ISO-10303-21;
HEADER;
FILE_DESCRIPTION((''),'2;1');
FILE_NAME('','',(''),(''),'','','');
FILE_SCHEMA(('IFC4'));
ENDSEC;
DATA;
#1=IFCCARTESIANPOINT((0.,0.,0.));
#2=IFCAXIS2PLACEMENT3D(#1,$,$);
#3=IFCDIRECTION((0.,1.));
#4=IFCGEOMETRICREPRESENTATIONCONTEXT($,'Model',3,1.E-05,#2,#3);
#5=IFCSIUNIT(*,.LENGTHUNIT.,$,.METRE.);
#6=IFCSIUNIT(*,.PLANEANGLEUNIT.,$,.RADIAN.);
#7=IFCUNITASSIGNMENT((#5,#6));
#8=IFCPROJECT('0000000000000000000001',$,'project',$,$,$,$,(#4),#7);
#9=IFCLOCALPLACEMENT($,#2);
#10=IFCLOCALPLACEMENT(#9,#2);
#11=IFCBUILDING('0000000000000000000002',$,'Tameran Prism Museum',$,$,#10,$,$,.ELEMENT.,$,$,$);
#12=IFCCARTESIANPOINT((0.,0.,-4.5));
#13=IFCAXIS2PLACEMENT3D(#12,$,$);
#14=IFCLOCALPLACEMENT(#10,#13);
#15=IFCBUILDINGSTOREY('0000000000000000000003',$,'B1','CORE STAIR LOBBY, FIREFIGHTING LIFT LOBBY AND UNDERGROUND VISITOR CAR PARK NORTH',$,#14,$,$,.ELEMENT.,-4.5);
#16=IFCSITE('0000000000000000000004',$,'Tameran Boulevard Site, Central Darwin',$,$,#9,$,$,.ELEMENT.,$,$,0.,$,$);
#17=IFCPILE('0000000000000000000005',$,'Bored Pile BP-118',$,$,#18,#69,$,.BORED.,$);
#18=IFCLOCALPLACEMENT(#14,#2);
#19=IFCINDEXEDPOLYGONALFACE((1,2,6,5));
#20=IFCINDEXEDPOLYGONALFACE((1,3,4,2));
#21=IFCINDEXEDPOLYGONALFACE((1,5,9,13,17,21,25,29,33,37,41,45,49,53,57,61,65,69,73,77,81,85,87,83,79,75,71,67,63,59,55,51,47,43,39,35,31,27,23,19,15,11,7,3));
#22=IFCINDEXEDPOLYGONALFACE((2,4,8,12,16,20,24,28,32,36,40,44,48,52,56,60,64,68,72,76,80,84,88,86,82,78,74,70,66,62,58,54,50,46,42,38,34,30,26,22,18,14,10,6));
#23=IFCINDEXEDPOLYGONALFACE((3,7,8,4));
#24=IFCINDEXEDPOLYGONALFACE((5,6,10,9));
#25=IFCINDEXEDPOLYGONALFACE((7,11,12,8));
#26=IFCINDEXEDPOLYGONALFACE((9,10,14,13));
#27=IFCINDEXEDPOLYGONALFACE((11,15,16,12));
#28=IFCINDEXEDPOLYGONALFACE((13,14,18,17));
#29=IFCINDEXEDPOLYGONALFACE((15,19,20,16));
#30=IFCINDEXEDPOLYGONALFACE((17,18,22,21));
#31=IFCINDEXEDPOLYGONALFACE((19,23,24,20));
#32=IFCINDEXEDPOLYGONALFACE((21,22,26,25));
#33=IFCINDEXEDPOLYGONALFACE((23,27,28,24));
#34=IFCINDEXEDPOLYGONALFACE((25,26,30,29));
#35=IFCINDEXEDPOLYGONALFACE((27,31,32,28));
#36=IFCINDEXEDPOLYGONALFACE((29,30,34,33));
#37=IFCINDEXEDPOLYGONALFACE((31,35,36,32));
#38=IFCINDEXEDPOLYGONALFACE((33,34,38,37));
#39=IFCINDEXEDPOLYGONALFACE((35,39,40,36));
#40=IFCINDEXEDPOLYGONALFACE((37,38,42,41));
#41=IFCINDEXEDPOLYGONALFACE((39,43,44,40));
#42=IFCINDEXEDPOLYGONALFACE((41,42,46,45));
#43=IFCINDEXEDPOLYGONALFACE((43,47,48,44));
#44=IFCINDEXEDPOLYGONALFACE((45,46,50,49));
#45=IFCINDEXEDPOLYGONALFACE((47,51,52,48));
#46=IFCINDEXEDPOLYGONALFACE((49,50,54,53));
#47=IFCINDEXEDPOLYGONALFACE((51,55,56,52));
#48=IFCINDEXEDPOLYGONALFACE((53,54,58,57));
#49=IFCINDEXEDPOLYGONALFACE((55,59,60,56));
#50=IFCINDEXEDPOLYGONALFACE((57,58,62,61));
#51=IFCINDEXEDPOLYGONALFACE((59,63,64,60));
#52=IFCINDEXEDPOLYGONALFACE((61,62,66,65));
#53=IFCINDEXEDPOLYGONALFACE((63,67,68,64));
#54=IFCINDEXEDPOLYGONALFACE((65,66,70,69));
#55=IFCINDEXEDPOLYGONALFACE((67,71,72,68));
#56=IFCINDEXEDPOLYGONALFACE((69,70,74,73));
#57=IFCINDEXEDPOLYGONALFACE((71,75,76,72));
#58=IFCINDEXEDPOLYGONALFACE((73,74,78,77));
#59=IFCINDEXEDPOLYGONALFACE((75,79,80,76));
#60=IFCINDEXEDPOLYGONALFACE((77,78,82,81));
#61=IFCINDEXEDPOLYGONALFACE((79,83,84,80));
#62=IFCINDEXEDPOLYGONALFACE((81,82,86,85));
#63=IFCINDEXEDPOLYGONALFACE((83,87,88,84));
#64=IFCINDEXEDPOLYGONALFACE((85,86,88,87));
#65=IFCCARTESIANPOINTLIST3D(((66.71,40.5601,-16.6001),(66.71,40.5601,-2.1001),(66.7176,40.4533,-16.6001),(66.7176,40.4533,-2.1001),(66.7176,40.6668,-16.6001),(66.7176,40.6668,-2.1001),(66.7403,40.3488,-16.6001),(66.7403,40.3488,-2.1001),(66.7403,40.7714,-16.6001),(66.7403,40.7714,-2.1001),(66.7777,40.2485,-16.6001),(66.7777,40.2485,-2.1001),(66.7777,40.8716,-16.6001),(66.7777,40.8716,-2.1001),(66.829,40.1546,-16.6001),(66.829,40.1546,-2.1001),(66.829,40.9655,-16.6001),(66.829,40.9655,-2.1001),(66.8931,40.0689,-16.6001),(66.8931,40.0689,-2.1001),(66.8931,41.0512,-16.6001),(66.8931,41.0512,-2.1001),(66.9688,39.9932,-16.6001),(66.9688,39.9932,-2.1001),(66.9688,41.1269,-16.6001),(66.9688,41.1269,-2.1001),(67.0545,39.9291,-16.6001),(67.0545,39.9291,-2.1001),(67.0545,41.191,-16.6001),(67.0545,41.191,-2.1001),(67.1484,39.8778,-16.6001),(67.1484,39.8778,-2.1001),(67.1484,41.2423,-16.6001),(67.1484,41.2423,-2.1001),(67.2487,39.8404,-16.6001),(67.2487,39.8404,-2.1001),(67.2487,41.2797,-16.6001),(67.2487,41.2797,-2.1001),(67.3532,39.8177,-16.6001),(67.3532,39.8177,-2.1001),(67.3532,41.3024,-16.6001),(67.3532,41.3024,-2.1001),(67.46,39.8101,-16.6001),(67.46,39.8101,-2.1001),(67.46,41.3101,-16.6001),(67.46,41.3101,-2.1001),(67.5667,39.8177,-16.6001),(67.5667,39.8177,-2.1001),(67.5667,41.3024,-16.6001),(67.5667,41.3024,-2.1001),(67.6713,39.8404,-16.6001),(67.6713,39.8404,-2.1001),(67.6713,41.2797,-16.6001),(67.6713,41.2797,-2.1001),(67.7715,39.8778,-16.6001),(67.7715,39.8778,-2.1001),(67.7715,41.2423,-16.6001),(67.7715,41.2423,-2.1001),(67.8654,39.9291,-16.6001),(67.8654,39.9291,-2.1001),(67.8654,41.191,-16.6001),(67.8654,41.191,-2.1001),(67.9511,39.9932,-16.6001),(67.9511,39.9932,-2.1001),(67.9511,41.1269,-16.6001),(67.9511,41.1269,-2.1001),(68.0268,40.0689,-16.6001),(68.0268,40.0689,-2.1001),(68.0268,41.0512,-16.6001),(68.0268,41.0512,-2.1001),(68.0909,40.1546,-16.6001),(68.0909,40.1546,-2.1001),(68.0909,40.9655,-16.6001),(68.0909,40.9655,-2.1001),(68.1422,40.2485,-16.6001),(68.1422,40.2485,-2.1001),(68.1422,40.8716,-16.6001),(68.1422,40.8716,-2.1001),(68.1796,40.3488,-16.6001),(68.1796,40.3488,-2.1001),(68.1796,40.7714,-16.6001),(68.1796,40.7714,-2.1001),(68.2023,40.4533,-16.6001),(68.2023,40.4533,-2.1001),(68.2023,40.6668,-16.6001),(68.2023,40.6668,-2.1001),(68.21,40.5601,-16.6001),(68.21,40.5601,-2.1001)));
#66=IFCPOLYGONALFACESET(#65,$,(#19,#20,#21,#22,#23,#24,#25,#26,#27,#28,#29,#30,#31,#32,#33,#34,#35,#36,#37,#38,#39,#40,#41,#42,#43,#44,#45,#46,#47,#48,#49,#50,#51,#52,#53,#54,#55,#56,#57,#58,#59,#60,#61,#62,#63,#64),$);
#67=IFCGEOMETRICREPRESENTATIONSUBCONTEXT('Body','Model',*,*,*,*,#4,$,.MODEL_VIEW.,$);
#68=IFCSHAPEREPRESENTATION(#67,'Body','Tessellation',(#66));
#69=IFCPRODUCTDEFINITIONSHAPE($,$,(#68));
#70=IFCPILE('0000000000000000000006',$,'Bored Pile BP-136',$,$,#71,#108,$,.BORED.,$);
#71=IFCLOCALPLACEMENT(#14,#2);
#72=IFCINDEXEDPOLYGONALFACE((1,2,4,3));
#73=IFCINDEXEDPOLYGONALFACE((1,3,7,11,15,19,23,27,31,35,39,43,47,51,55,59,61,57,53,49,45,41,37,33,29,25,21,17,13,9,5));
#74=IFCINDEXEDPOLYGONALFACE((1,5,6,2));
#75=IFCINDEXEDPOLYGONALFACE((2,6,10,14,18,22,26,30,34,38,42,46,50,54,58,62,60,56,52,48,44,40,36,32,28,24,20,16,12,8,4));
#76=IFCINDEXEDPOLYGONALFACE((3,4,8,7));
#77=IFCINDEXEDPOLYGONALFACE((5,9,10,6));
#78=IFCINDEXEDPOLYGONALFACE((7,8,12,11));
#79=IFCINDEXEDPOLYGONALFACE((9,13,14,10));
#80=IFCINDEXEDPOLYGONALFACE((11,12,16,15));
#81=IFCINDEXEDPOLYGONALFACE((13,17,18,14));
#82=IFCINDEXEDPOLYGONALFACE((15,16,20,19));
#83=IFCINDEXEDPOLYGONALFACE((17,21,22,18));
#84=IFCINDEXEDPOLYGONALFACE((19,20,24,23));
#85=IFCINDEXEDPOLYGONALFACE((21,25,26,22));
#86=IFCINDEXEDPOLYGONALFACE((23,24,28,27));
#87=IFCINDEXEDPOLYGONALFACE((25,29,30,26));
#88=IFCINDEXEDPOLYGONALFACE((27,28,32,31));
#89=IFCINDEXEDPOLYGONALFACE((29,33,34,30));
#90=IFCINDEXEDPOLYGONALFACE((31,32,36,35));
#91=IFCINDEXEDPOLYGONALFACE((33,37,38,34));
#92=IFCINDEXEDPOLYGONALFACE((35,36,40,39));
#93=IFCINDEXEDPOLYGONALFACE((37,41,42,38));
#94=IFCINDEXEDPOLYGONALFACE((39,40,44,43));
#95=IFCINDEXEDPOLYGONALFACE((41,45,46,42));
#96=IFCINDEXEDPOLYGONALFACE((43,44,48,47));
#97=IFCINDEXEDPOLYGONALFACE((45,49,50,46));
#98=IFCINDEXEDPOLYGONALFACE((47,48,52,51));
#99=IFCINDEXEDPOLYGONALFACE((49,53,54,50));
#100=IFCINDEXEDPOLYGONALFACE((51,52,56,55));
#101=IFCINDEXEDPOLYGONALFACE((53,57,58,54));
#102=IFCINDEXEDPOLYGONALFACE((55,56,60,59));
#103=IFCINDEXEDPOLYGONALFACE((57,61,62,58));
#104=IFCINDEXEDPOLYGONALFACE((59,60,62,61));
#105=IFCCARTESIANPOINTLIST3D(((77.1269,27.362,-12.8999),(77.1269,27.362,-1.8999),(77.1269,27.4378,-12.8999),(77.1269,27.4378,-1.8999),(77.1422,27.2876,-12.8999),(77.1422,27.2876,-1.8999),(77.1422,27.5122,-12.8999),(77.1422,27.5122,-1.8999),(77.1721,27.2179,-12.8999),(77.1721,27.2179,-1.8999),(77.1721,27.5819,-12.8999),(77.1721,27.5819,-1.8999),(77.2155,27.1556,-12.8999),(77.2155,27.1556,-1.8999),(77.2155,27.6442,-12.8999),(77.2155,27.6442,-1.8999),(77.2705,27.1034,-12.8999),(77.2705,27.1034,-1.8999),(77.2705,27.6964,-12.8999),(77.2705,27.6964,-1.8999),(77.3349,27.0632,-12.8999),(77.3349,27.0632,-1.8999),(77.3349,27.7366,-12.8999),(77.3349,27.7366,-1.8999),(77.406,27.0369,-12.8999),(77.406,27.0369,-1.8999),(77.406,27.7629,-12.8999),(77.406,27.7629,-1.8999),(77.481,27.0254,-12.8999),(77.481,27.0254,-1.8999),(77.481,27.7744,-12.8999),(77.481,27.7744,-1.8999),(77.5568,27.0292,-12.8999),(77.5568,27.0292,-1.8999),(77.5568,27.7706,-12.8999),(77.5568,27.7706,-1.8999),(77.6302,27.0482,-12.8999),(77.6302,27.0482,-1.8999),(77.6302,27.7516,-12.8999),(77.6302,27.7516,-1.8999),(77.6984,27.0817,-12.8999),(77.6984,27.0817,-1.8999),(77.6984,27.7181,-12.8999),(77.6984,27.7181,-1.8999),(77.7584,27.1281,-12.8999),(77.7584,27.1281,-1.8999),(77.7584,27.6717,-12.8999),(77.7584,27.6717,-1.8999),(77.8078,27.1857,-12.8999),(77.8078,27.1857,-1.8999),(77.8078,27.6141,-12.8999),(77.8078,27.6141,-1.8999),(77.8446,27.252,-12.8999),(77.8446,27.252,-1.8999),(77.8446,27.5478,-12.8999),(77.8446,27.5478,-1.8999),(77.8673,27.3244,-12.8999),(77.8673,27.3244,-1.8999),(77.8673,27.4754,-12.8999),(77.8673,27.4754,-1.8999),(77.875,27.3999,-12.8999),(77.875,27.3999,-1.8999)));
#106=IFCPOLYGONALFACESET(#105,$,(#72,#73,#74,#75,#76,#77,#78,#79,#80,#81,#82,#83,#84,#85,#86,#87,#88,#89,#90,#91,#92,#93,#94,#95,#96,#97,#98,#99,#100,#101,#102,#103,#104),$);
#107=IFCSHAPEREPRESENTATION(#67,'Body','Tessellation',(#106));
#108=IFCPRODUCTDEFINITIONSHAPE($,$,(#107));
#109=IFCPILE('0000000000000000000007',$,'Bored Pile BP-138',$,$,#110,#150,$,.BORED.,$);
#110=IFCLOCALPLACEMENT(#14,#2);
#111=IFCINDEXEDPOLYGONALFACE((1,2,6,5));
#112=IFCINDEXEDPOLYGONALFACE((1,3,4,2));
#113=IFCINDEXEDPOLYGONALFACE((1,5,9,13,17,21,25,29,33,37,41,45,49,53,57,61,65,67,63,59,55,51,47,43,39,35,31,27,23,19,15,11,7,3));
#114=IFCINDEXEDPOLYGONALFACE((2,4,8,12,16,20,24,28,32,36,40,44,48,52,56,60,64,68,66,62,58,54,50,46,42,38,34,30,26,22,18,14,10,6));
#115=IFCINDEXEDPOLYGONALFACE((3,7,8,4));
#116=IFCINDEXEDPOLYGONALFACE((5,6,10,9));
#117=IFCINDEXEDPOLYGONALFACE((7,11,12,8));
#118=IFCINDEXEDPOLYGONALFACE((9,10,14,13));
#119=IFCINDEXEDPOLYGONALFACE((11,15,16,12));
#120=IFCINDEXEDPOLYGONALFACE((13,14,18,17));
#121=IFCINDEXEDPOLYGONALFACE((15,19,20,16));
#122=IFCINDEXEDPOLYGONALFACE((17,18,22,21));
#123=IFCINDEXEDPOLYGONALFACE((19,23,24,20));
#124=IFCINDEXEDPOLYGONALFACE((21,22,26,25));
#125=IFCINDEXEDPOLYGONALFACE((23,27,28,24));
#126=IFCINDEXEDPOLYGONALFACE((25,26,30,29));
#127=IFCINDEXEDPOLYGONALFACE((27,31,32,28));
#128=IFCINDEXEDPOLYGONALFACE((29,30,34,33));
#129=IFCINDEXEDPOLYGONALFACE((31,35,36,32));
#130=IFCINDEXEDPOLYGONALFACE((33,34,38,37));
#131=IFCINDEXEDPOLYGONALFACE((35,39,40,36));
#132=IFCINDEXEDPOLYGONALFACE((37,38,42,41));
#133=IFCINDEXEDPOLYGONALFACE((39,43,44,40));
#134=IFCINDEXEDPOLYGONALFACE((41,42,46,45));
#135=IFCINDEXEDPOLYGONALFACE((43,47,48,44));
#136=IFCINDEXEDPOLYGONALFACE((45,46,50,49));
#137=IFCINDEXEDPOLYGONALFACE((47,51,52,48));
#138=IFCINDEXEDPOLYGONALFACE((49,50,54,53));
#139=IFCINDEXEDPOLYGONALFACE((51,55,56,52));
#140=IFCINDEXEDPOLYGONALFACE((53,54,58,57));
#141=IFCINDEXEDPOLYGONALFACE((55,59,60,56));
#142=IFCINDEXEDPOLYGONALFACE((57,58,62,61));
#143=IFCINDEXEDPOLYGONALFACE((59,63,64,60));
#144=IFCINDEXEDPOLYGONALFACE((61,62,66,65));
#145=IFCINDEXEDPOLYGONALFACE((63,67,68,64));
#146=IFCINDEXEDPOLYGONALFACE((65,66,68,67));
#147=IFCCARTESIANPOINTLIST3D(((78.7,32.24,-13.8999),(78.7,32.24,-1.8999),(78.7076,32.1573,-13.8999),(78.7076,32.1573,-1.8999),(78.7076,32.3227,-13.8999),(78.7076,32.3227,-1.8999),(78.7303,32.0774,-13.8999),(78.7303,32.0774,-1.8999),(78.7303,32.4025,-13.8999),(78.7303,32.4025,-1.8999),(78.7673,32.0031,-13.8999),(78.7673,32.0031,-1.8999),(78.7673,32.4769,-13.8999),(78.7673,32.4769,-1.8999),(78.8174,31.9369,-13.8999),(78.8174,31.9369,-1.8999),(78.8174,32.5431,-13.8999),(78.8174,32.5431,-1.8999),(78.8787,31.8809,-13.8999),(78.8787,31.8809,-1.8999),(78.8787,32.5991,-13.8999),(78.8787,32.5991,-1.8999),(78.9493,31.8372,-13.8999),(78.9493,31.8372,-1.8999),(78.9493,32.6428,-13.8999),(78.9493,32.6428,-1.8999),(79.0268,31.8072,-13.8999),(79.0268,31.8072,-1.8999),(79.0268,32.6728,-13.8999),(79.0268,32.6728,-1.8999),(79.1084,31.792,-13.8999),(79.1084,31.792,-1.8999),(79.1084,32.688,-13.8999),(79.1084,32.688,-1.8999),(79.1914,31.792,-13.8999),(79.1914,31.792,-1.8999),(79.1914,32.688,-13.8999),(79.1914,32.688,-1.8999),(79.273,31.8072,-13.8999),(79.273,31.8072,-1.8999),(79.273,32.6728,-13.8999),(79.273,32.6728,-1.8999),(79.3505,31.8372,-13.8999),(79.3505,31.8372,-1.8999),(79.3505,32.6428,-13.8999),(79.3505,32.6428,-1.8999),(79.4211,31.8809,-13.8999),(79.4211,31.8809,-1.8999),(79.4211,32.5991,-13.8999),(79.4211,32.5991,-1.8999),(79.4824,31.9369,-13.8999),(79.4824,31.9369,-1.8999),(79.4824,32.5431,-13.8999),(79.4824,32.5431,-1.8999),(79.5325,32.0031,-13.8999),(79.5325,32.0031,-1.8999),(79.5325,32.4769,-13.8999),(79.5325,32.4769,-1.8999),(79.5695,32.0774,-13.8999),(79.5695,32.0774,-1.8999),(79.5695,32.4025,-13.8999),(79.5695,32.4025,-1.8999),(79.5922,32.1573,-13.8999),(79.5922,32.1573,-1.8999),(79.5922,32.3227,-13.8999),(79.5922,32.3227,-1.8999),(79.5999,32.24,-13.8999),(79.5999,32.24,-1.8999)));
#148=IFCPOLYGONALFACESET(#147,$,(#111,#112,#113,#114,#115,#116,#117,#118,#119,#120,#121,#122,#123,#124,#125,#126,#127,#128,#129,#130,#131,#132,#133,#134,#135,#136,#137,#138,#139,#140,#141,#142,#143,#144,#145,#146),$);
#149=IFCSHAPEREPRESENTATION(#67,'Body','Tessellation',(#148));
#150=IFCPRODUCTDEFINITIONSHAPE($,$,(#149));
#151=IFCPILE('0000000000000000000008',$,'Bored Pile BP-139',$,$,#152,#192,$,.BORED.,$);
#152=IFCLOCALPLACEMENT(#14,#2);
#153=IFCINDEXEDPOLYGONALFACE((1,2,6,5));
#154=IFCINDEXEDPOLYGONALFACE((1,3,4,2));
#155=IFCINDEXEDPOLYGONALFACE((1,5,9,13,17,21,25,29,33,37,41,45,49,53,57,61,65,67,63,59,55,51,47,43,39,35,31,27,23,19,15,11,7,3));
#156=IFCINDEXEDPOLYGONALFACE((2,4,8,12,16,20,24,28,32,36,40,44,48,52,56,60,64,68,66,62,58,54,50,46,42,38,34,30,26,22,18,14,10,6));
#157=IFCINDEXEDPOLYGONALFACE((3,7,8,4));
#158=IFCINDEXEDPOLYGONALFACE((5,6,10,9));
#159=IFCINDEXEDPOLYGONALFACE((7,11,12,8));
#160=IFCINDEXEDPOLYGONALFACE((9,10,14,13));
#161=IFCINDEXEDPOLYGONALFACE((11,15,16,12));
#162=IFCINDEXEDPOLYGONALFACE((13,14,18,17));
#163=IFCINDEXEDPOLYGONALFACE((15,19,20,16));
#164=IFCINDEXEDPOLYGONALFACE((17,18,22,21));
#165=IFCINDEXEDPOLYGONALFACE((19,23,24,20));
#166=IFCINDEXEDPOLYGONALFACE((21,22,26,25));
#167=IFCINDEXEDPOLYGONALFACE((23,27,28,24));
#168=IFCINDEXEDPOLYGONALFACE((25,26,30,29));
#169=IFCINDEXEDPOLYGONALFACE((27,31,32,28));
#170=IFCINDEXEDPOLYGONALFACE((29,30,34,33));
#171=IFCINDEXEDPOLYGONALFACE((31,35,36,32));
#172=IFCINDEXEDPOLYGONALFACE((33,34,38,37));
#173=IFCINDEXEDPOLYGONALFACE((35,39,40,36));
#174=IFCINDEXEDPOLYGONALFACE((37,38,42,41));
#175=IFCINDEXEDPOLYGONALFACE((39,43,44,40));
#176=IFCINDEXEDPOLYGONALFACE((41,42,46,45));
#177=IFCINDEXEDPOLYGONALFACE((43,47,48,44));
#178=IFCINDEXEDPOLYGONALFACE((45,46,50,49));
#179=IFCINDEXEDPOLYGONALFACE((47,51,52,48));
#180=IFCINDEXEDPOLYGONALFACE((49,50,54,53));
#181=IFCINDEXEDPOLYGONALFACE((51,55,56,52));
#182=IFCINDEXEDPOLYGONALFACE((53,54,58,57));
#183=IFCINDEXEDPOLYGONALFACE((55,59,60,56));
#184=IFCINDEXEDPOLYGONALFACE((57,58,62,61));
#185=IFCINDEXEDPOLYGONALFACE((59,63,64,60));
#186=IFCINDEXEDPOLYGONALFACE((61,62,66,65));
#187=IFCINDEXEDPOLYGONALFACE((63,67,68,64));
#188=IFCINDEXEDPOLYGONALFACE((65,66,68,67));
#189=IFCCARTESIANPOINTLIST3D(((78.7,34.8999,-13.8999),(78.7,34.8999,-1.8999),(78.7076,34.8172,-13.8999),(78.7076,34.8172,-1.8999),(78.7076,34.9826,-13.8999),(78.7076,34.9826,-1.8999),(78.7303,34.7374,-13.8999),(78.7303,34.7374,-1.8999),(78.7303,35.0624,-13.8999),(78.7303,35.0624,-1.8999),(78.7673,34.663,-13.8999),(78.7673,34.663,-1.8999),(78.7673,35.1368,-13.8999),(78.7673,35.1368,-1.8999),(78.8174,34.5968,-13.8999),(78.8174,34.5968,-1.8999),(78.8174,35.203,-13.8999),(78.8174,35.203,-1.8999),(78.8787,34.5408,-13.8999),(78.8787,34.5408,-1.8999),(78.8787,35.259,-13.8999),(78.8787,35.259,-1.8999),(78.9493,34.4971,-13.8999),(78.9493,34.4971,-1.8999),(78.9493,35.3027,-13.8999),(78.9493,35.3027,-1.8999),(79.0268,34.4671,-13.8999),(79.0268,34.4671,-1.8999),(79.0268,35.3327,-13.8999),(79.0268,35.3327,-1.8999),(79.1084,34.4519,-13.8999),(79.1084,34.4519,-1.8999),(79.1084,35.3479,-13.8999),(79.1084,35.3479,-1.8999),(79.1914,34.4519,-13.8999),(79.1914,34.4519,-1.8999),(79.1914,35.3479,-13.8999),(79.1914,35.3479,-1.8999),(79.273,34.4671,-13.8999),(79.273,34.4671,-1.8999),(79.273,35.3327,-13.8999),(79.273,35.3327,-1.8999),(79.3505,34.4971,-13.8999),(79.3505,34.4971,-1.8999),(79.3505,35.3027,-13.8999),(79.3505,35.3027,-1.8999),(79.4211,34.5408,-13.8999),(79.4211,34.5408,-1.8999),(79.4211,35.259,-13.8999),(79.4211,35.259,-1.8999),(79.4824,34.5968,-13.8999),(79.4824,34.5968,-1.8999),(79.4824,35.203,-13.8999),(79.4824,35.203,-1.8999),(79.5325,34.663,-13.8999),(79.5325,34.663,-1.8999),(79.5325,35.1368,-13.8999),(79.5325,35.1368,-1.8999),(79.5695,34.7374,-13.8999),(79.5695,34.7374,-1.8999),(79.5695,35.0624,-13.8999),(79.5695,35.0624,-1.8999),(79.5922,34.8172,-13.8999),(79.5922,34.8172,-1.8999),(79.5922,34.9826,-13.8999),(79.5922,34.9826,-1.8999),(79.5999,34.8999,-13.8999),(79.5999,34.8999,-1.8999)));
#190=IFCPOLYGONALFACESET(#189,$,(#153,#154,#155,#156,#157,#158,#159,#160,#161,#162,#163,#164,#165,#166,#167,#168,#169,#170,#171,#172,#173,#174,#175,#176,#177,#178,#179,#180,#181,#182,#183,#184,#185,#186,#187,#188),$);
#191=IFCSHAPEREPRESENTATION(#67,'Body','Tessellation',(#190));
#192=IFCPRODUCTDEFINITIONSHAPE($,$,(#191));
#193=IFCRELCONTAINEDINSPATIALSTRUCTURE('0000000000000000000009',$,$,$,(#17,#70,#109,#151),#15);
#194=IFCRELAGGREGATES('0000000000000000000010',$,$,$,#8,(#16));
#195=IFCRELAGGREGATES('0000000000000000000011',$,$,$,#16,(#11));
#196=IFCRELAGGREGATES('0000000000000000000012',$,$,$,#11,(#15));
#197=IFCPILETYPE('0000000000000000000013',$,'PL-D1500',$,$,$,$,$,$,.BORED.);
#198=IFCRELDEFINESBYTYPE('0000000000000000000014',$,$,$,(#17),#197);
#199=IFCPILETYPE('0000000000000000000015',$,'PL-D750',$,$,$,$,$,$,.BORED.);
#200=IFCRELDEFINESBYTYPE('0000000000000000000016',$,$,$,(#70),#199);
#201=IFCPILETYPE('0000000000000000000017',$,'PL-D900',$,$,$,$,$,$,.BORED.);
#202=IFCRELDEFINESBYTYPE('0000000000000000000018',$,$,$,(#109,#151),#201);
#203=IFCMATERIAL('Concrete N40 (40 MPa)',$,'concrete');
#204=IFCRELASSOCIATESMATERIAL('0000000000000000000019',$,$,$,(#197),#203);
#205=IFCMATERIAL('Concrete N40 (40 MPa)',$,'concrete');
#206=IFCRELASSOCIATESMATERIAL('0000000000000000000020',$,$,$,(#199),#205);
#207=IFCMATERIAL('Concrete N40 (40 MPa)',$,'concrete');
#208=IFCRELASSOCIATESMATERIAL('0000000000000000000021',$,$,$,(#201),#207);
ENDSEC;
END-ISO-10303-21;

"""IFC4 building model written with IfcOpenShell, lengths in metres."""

from ifc_helpers import new_model, si_unit, direction, frame, origin, origin_2d, place, context, subcontext, project, spatial, circle, extrude, material, material_profile, profile_set, type_object, element, save


model = new_model("IFC4")

# Units and contexts
model_context = context("Model", 3, precision=1e-05, world=origin(), true_north=direction((0.0, 1.0)))
body_context = subcontext(model_context, "Body", "Model", "MODEL_VIEW")
ifc_project = project(units=[si_unit("LENGTHUNIT", "METRE"), si_unit("PLANEANGLEUNIT", "RADIAN")], contexts=[model_context])

# Site, building, storey
site_placement = place(None, origin())
site = spatial("IfcSite", under=ifc_project, at=site_placement, Name="Tameran Boulevard Site, Central Darwin", CompositionType="ELEMENT", RefElevation=0.0)
building_placement = place(site_placement, origin())
building = spatial("IfcBuilding", under=site, at=building_placement, Name="Tameran Prism Museum", CompositionType="ELEMENT")
storey_placement = place(building_placement, frame((0.0, 0.0, -4.5)))
storey = spatial("IfcBuildingStorey", under=building, at=storey_placement, Name="B1", Description="CORE STAIR LOBBY, FIREFIGHTING LIFT LOBBY AND UNDERGROUND VISITOR CAR PARK NORTH", CompositionType="ELEMENT", Elevation=-4.5)

# Piles
ifc_material_1 = material(Name="Concrete N40 (40 MPa)", Category="concrete")
ifc_material_profile_1 = material_profile(ifc_material_1, circle(Radius=0.75, at=origin_2d()))
ifc_profile_set_1 = profile_set([ifc_material_profile_1])
pile_type_1 = type_object("IfcPileType", Name="PL-D1500", PredefinedType="BORED", material=ifc_profile_set_1)
for number, where, z_axis, x_axis, name in (
    (1, (67.46, 40.5601, -2.1001), (0.0, 0.0, -1.0), (1.0, 0.0, 0.0), "Bored Pile BP-118"),
):
    element("IfcPile", number, at=place(storey_placement, frame(where, z_axis=z_axis, x_axis=x_axis)), inside=storey, type_object=pile_type_1, Name=name, PredefinedType="BORED", context=body_context, shape_type="SweptSolid", body=[
        extrude(circle(Radius=0.75, at=origin_2d()), origin(), (0.0, 0.0, 1.0), 14.5),
    ])
ifc_material_2 = material(Name="Concrete N40 (40 MPa)", Category="concrete")
ifc_material_profile_2 = material_profile(ifc_material_2, circle(Radius=0.375, at=origin_2d()))
ifc_profile_set_2 = profile_set([ifc_material_profile_2])
pile_type_2 = type_object("IfcPileType", Name="PL-D750", PredefinedType="BORED", material=ifc_profile_set_2)
pile_placement = place(storey_placement, frame((77.5, 27.3999, -1.8999), z_axis=(0.0, 0.0, -1.0), x_axis=(1.0, 0.0, 0.0)))
element("IfcPile", 2, at=pile_placement, inside=storey, type_object=pile_type_2, Name="Bored Pile BP-136", PredefinedType="BORED", context=body_context, shape_type="SweptSolid", body=[
    extrude(circle(Radius=0.375, at=origin_2d()), origin(), (0.0, 0.0, 1.0), 11.0),
])
ifc_material_3 = material(Name="Concrete N40 (40 MPa)", Category="concrete")
ifc_material_profile_3 = material_profile(ifc_material_3, circle(Radius=0.45, at=origin_2d()))
ifc_profile_set_3 = profile_set([ifc_material_profile_3])
pile_type_3 = type_object("IfcPileType", Name="PL-D900", PredefinedType="BORED", material=ifc_profile_set_3)
for number, where, z_axis, x_axis, name in (
    (3, (79.1499, 32.24, -1.8999), (0.0, 0.0, -1.0), (1.0, 0.0, 0.0), "Bored Pile BP-138"),
    (4, (79.1499, 34.8999, -1.8999), (0.0, 0.0, -1.0), (1.0, 0.0, 0.0), "Bored Pile BP-139"),
):
    element("IfcPile", number, at=place(storey_placement, frame(where, z_axis=z_axis, x_axis=x_axis)), inside=storey, type_object=pile_type_3, Name=name, PredefinedType="BORED", context=body_context, shape_type="SweptSolid", body=[
        extrude(circle(Radius=0.45, at=origin_2d()), origin(), (0.0, 0.0, 1.0), 12.0),
    ])

save(model, "model.ifc")
